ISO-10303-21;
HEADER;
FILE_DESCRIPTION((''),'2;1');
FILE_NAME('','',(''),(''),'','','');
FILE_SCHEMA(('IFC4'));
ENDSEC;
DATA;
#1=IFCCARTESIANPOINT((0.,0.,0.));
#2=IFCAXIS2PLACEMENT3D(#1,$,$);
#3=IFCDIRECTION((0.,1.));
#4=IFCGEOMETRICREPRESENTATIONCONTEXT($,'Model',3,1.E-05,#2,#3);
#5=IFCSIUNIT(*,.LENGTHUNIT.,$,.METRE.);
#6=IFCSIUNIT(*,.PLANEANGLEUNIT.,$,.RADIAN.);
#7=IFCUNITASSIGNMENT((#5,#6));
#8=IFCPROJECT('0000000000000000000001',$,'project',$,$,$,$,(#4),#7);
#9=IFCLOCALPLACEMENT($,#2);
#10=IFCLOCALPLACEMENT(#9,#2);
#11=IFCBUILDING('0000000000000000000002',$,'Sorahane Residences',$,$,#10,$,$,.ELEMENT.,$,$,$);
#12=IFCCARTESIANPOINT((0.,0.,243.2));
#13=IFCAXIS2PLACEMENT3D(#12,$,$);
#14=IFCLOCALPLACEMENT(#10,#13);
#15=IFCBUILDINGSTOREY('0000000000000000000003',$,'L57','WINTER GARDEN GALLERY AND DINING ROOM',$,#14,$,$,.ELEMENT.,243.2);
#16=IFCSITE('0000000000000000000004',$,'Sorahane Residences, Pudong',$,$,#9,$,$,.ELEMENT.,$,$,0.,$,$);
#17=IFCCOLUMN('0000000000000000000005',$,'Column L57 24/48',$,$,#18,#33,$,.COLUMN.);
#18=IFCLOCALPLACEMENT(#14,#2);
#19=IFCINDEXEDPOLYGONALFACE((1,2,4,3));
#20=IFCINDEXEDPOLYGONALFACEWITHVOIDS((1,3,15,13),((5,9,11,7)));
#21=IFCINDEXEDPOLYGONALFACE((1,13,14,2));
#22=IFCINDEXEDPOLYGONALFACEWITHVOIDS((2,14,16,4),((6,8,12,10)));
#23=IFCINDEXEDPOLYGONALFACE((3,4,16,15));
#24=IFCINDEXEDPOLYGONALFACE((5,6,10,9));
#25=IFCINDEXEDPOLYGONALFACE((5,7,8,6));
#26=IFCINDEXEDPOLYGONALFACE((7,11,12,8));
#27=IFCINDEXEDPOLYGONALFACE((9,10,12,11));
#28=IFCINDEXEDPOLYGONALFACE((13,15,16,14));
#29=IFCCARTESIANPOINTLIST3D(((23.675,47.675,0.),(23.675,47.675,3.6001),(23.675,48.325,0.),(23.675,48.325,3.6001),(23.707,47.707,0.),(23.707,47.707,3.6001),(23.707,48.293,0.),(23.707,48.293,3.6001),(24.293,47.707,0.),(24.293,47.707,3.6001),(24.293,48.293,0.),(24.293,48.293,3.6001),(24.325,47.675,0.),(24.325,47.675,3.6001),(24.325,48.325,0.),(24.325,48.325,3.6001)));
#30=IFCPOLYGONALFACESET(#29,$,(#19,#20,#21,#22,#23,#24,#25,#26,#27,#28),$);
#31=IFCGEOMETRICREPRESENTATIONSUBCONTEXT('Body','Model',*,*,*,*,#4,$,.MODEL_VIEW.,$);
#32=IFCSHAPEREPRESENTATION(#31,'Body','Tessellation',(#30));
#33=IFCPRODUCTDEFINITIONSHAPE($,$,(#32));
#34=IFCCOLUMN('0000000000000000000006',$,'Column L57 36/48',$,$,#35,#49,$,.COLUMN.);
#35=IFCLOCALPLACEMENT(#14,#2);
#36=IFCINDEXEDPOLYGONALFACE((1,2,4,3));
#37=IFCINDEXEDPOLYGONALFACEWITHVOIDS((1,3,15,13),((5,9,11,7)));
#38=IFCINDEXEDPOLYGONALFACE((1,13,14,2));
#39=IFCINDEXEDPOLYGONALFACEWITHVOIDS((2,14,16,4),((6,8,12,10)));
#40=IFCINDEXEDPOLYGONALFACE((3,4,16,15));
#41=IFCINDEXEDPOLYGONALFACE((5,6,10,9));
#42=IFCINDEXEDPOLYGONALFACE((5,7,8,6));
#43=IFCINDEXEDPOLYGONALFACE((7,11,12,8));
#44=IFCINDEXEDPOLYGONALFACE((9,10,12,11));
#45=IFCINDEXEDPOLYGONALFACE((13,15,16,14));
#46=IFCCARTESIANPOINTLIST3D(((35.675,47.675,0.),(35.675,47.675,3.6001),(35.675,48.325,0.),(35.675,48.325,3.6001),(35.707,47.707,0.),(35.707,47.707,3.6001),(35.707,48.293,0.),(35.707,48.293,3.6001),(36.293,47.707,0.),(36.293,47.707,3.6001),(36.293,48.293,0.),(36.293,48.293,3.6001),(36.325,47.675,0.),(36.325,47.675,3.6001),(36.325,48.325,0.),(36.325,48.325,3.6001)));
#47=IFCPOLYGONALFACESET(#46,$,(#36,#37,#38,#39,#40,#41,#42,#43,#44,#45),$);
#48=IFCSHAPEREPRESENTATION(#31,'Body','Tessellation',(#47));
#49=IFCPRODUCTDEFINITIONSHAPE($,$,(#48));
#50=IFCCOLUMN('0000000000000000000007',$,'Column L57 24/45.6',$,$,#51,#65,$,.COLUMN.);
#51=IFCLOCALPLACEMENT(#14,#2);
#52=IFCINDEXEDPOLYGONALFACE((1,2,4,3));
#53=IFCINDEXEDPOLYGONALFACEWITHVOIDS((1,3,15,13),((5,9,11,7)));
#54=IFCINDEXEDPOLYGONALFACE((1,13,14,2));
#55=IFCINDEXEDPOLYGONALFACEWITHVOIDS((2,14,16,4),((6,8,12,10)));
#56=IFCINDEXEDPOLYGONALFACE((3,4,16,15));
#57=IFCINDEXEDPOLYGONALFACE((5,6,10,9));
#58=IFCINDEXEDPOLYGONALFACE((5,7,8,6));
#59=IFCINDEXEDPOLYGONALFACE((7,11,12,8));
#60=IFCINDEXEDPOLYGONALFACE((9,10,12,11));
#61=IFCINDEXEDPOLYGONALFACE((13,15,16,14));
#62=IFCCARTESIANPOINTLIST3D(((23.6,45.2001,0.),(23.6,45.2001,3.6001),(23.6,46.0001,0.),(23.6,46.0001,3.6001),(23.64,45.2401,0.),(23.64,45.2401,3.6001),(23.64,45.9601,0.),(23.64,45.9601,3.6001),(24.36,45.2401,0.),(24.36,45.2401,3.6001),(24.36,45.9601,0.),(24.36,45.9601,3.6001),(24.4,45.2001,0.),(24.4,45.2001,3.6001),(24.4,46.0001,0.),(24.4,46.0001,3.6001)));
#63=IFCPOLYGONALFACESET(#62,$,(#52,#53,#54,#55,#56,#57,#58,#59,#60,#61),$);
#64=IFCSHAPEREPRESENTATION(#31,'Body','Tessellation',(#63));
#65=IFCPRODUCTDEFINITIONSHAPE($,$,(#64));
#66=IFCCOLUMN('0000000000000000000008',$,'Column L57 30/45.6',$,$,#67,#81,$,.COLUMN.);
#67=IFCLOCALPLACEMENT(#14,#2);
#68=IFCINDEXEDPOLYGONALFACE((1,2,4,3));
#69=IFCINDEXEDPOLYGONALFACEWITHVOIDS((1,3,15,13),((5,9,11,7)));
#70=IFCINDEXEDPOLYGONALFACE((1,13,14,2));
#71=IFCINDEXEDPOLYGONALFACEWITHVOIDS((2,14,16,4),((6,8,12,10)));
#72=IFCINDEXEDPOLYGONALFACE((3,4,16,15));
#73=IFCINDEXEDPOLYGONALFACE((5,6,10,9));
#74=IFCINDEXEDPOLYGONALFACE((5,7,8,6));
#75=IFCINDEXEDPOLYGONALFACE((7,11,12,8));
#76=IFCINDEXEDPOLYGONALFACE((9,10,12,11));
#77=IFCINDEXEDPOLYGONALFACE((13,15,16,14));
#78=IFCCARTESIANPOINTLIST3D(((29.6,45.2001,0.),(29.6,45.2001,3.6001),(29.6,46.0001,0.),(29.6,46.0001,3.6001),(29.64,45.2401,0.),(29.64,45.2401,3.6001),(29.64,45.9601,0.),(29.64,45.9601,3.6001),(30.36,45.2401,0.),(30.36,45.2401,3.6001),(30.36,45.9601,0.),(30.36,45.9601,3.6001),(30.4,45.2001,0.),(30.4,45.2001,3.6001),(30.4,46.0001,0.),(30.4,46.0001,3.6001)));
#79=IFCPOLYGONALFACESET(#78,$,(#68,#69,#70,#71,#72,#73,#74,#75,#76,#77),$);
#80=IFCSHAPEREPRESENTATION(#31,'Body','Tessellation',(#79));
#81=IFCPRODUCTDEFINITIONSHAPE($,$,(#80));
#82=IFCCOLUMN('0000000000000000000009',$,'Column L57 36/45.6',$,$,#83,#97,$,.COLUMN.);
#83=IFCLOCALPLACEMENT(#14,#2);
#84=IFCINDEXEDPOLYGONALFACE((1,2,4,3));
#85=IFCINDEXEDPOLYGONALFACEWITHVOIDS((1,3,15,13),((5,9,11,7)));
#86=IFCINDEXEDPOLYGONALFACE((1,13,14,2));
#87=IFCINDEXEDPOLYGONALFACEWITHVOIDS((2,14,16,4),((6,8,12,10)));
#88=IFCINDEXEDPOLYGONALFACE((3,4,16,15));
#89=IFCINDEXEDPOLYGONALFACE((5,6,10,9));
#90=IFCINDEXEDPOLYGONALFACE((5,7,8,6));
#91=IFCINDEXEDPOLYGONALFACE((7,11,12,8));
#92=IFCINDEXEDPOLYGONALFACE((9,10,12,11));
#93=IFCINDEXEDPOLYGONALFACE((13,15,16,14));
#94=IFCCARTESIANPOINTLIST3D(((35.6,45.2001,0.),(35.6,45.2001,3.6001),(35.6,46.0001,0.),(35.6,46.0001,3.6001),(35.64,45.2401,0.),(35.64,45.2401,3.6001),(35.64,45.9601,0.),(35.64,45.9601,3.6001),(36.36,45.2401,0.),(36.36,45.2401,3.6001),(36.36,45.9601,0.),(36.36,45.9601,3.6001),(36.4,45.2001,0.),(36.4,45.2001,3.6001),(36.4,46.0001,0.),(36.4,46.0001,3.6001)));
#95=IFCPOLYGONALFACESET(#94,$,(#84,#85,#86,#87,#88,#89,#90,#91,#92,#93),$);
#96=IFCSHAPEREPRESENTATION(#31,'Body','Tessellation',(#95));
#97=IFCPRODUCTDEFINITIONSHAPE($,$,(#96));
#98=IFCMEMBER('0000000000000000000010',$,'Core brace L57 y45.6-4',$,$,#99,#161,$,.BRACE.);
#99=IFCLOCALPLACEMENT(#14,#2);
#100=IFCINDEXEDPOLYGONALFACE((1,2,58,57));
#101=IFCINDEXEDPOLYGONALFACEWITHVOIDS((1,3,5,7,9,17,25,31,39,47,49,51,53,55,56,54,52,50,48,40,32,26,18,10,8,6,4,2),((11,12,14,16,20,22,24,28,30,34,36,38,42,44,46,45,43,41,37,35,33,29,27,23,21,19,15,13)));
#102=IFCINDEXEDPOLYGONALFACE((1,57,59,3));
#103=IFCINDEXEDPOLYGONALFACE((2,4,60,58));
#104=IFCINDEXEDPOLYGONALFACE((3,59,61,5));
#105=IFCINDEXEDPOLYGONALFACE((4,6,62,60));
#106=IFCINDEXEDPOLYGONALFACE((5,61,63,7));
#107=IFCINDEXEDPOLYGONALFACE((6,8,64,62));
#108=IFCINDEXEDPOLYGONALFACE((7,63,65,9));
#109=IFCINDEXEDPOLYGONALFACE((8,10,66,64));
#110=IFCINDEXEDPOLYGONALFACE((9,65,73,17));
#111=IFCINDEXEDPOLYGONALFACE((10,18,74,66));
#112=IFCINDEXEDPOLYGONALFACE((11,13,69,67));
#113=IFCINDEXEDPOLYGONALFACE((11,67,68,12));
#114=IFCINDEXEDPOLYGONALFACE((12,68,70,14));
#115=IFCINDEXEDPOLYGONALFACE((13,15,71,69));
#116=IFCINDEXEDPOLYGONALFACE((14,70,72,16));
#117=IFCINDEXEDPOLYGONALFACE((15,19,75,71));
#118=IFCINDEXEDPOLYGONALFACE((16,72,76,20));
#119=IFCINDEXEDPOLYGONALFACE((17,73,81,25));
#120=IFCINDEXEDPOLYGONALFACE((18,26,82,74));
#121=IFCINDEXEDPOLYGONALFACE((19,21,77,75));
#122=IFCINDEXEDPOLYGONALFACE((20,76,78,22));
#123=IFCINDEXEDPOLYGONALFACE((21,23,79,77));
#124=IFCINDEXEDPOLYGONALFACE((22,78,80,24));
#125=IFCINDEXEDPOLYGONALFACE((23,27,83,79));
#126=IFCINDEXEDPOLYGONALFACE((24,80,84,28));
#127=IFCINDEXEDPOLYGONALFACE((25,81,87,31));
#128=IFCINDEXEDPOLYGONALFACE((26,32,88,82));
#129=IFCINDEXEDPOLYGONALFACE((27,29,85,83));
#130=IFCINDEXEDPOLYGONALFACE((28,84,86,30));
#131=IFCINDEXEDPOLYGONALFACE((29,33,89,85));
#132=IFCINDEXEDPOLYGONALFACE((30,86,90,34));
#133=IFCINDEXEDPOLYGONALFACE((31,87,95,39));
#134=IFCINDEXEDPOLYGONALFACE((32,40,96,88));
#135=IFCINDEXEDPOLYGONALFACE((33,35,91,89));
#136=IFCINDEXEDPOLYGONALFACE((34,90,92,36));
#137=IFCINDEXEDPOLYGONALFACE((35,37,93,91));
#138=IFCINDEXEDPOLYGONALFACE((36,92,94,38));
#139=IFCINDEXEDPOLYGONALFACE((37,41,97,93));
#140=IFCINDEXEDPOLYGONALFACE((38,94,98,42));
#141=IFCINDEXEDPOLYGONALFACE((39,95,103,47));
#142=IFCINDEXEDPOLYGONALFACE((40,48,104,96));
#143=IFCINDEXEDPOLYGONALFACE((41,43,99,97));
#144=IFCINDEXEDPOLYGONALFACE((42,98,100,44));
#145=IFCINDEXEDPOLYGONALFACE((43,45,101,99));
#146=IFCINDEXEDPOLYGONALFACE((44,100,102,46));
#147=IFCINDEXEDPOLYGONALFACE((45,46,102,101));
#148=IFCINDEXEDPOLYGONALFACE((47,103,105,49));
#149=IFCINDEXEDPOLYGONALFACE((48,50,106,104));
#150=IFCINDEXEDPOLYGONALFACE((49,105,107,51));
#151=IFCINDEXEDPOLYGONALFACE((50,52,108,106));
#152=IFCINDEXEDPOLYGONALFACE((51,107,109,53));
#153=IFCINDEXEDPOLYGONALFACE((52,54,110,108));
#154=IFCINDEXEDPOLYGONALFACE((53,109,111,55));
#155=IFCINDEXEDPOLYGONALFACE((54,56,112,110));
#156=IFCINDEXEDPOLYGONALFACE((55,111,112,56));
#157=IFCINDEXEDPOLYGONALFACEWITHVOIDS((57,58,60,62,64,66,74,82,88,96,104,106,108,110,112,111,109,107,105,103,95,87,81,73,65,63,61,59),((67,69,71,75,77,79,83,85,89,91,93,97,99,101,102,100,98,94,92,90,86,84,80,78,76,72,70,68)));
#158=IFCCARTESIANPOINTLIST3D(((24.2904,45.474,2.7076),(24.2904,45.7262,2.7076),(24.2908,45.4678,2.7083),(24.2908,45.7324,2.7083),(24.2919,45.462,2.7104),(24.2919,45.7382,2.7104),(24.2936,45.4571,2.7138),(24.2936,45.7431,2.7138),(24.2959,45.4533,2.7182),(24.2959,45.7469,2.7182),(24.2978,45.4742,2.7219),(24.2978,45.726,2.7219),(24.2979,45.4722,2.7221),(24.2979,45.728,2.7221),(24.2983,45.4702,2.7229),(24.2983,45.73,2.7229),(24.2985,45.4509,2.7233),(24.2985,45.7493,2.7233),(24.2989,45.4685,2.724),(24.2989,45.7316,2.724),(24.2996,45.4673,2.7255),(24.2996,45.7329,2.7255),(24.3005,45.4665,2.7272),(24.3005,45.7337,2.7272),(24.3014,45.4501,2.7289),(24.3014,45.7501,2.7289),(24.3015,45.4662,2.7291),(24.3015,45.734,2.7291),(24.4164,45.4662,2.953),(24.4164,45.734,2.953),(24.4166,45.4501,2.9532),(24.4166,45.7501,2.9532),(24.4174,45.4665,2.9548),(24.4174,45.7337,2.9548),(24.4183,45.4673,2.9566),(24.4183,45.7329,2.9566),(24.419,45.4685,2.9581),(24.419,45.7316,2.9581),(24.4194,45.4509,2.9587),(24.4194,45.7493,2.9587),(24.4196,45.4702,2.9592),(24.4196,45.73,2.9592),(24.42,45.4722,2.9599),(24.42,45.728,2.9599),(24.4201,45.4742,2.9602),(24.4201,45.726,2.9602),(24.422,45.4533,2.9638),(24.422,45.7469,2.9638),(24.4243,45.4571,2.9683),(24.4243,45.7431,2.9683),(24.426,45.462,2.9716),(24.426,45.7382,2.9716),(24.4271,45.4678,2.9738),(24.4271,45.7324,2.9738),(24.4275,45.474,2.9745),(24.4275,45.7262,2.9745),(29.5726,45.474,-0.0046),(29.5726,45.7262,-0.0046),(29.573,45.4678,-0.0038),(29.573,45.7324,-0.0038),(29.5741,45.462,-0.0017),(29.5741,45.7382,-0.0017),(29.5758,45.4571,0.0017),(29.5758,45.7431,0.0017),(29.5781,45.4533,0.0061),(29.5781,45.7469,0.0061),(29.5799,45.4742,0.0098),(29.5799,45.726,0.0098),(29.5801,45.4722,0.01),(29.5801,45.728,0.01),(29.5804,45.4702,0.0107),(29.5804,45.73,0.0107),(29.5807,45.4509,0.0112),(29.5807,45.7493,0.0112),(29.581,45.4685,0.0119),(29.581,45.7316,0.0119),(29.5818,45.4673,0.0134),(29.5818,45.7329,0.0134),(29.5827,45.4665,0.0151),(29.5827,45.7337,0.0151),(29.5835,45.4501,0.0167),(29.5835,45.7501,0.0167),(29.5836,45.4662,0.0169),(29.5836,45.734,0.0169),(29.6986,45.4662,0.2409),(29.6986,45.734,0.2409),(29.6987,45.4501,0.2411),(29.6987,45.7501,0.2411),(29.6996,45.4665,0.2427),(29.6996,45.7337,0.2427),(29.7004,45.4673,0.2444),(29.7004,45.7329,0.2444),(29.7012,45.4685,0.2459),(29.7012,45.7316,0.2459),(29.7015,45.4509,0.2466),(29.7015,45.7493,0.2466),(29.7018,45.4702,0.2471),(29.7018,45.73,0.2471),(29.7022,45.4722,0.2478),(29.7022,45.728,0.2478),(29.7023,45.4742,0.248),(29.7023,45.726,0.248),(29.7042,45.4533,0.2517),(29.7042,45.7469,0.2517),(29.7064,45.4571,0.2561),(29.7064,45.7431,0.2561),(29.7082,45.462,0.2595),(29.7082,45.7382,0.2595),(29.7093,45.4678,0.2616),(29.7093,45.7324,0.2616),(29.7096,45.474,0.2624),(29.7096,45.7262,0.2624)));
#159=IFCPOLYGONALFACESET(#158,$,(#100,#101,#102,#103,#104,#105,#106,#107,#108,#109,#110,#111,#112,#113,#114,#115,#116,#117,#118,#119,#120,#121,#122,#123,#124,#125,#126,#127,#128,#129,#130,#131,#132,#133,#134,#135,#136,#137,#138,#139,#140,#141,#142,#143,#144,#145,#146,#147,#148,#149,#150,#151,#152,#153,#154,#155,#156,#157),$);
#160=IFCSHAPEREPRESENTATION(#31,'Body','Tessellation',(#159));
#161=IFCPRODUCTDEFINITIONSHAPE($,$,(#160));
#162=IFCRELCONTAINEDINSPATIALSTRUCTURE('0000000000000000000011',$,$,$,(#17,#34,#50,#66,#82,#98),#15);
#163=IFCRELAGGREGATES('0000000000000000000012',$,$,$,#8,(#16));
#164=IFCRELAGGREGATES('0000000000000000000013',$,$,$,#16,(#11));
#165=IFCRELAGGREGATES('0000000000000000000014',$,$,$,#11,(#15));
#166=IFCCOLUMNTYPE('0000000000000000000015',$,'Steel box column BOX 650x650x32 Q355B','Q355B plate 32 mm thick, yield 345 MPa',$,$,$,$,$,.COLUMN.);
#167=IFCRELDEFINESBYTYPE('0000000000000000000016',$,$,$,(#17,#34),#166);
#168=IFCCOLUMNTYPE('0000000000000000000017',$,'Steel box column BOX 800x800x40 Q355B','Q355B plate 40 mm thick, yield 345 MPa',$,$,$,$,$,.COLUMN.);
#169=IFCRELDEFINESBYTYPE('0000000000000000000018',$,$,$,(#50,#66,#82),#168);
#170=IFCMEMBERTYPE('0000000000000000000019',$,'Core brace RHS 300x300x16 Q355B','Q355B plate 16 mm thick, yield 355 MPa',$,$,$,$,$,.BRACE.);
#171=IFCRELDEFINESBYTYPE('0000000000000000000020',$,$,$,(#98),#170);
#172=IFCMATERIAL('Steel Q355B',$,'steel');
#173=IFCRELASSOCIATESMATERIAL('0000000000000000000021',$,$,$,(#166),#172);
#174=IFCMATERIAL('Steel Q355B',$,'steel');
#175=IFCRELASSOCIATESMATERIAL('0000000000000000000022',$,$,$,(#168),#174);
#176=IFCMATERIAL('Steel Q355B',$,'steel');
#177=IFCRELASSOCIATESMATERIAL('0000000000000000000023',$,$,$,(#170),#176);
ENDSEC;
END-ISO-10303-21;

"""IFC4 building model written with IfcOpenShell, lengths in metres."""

from ifc_helpers import new_model, si_unit, direction, frame, origin, origin_2d, place, context, subcontext, project, spatial, hollow_rectangle, extrude, material, material_profile, profile_set, type_object, element, save


model = new_model("IFC4")

# Units and contexts
model_context = context("Model", 3, precision=1e-05, world=origin(), true_north=direction((0.0, 1.0)))
body_context = subcontext(model_context, "Body", "Model", "MODEL_VIEW")
ifc_project = project(units=[si_unit("LENGTHUNIT", "METRE"), si_unit("PLANEANGLEUNIT", "RADIAN")], contexts=[model_context])

# Site, building, storey
site_placement = place(None, origin())
site = spatial("IfcSite", under=ifc_project, at=site_placement, Name="Sorahane Residences, Pudong", CompositionType="ELEMENT", RefElevation=0.0)
building_placement = place(site_placement, origin())
building = spatial("IfcBuilding", under=site, at=building_placement, Name="Sorahane Residences", CompositionType="ELEMENT")
storey_placement = place(building_placement, frame((0.0, 0.0, 243.2)))
storey = spatial("IfcBuildingStorey", under=building, at=storey_placement, Name="L57", Description="WINTER GARDEN GALLERY AND DINING ROOM", CompositionType="ELEMENT", Elevation=243.2)

# Columns
ifc_material_1 = material(Name="Steel Q355B", Category="steel")
ifc_material_profile_1 = material_profile(ifc_material_1, hollow_rectangle(XDim=0.6499, YDim=0.6499, WallThickness=0.032, at=origin_2d()), Name="BOX 650x650x32")
ifc_profile_set_1 = profile_set([ifc_material_profile_1], Name="Steel Q355B")
column_type_1 = type_object("IfcColumnType", Name="Steel box column BOX 650x650x32 Q355B", Description="Q355B plate 32 mm thick, yield 345 MPa", PredefinedType="COLUMN", material=ifc_profile_set_1)
for number, where, z_axis, x_axis, name in (
    (1, (24.0, 48.0, 0.0), (0.0, 0.0, 1.0), (1.0, 0.0, 0.0), "Column L57 24/48"),
    (2, (36.0, 48.0, 0.0), (0.0, 0.0, 1.0), (1.0, 0.0, 0.0), "Column L57 36/48"),
):
    element("IfcColumn", number, at=place(storey_placement, frame(where, z_axis=z_axis, x_axis=x_axis)), inside=storey, type_object=column_type_1, Name=name, PredefinedType="COLUMN", context=body_context, shape_type="SweptSolid", body=[
        extrude(hollow_rectangle(XDim=0.6499, YDim=0.6499, WallThickness=0.032, at=origin_2d()), origin(), (0.0, 0.0, 1.0), 3.6001),
    ])
ifc_material_2 = material(Name="Steel Q355B", Category="steel")
ifc_material_profile_2 = material_profile(ifc_material_2, hollow_rectangle(XDim=0.8, YDim=0.8, WallThickness=0.04, at=origin_2d()), Name="BOX 800x800x40")
ifc_profile_set_2 = profile_set([ifc_material_profile_2], Name="Steel Q355B")
column_type_2 = type_object("IfcColumnType", Name="Steel box column BOX 800x800x40 Q355B", Description="Q355B plate 40 mm thick, yield 345 MPa", PredefinedType="COLUMN", material=ifc_profile_set_2)
for number, where, z_axis, x_axis, name in (
    (3, (24.0, 45.6001, 0.0), (0.0, 0.0, 1.0), (1.0, 0.0, 0.0), "Column L57 24/45.6"),
    (4, (30.0, 45.6001, 0.0), (0.0, 0.0, 1.0), (1.0, 0.0, 0.0), "Column L57 30/45.6"),
    (5, (36.0, 45.6001, 0.0), (0.0, 0.0, 1.0), (1.0, 0.0, 0.0), "Column L57 36/45.6"),
):
    element("IfcColumn", number, at=place(storey_placement, frame(where, z_axis=z_axis, x_axis=x_axis)), inside=storey, type_object=column_type_2, Name=name, PredefinedType="COLUMN", context=body_context, shape_type="SweptSolid", body=[
        extrude(hollow_rectangle(XDim=0.8, YDim=0.8, WallThickness=0.04, at=origin_2d()), origin(), (0.0, 0.0, 1.0), 3.6001),
    ])

# Member
ifc_material_3 = material(Name="Steel Q355B", Category="steel")
ifc_material_profile_3 = material_profile(ifc_material_3, hollow_rectangle(XDim=0.3, YDim=0.3, WallThickness=0.0161, InnerFilletRadius=0.0081, OuterFilletRadius=0.0239, at=origin_2d()), Name="RHS 300x300x16")
ifc_profile_set_3 = profile_set([ifc_material_profile_3], Name="Steel Q355B")
member_type_1 = type_object("IfcMemberType", Name="Core brace RHS 300x300x16 Q355B", Description="Q355B plate 16 mm thick, yield 355 MPa", PredefinedType="BRACE", material=ifc_profile_set_3)
member_1_placement = place(storey_placement, frame((29.6411, 45.6001, 0.1289), z_axis=(-0.88959, 0.0, 0.45676), x_axis=(0.0, -1.0, 0.0)))
element("IfcMember", 6, at=member_1_placement, inside=storey, type_object=member_type_1, Name="Core brace L57 y45.6-4", PredefinedType="BRACE", context=body_context, shape_type="SweptSolid", body=[
    extrude(hollow_rectangle(XDim=0.3, YDim=0.3, WallThickness=0.0161, InnerFilletRadius=0.0081, OuterFilletRadius=0.0239, at=origin_2d()), origin(), (0.0, 0.0, 1.0), 5.9377),
])

save(model, "model.ifc")
